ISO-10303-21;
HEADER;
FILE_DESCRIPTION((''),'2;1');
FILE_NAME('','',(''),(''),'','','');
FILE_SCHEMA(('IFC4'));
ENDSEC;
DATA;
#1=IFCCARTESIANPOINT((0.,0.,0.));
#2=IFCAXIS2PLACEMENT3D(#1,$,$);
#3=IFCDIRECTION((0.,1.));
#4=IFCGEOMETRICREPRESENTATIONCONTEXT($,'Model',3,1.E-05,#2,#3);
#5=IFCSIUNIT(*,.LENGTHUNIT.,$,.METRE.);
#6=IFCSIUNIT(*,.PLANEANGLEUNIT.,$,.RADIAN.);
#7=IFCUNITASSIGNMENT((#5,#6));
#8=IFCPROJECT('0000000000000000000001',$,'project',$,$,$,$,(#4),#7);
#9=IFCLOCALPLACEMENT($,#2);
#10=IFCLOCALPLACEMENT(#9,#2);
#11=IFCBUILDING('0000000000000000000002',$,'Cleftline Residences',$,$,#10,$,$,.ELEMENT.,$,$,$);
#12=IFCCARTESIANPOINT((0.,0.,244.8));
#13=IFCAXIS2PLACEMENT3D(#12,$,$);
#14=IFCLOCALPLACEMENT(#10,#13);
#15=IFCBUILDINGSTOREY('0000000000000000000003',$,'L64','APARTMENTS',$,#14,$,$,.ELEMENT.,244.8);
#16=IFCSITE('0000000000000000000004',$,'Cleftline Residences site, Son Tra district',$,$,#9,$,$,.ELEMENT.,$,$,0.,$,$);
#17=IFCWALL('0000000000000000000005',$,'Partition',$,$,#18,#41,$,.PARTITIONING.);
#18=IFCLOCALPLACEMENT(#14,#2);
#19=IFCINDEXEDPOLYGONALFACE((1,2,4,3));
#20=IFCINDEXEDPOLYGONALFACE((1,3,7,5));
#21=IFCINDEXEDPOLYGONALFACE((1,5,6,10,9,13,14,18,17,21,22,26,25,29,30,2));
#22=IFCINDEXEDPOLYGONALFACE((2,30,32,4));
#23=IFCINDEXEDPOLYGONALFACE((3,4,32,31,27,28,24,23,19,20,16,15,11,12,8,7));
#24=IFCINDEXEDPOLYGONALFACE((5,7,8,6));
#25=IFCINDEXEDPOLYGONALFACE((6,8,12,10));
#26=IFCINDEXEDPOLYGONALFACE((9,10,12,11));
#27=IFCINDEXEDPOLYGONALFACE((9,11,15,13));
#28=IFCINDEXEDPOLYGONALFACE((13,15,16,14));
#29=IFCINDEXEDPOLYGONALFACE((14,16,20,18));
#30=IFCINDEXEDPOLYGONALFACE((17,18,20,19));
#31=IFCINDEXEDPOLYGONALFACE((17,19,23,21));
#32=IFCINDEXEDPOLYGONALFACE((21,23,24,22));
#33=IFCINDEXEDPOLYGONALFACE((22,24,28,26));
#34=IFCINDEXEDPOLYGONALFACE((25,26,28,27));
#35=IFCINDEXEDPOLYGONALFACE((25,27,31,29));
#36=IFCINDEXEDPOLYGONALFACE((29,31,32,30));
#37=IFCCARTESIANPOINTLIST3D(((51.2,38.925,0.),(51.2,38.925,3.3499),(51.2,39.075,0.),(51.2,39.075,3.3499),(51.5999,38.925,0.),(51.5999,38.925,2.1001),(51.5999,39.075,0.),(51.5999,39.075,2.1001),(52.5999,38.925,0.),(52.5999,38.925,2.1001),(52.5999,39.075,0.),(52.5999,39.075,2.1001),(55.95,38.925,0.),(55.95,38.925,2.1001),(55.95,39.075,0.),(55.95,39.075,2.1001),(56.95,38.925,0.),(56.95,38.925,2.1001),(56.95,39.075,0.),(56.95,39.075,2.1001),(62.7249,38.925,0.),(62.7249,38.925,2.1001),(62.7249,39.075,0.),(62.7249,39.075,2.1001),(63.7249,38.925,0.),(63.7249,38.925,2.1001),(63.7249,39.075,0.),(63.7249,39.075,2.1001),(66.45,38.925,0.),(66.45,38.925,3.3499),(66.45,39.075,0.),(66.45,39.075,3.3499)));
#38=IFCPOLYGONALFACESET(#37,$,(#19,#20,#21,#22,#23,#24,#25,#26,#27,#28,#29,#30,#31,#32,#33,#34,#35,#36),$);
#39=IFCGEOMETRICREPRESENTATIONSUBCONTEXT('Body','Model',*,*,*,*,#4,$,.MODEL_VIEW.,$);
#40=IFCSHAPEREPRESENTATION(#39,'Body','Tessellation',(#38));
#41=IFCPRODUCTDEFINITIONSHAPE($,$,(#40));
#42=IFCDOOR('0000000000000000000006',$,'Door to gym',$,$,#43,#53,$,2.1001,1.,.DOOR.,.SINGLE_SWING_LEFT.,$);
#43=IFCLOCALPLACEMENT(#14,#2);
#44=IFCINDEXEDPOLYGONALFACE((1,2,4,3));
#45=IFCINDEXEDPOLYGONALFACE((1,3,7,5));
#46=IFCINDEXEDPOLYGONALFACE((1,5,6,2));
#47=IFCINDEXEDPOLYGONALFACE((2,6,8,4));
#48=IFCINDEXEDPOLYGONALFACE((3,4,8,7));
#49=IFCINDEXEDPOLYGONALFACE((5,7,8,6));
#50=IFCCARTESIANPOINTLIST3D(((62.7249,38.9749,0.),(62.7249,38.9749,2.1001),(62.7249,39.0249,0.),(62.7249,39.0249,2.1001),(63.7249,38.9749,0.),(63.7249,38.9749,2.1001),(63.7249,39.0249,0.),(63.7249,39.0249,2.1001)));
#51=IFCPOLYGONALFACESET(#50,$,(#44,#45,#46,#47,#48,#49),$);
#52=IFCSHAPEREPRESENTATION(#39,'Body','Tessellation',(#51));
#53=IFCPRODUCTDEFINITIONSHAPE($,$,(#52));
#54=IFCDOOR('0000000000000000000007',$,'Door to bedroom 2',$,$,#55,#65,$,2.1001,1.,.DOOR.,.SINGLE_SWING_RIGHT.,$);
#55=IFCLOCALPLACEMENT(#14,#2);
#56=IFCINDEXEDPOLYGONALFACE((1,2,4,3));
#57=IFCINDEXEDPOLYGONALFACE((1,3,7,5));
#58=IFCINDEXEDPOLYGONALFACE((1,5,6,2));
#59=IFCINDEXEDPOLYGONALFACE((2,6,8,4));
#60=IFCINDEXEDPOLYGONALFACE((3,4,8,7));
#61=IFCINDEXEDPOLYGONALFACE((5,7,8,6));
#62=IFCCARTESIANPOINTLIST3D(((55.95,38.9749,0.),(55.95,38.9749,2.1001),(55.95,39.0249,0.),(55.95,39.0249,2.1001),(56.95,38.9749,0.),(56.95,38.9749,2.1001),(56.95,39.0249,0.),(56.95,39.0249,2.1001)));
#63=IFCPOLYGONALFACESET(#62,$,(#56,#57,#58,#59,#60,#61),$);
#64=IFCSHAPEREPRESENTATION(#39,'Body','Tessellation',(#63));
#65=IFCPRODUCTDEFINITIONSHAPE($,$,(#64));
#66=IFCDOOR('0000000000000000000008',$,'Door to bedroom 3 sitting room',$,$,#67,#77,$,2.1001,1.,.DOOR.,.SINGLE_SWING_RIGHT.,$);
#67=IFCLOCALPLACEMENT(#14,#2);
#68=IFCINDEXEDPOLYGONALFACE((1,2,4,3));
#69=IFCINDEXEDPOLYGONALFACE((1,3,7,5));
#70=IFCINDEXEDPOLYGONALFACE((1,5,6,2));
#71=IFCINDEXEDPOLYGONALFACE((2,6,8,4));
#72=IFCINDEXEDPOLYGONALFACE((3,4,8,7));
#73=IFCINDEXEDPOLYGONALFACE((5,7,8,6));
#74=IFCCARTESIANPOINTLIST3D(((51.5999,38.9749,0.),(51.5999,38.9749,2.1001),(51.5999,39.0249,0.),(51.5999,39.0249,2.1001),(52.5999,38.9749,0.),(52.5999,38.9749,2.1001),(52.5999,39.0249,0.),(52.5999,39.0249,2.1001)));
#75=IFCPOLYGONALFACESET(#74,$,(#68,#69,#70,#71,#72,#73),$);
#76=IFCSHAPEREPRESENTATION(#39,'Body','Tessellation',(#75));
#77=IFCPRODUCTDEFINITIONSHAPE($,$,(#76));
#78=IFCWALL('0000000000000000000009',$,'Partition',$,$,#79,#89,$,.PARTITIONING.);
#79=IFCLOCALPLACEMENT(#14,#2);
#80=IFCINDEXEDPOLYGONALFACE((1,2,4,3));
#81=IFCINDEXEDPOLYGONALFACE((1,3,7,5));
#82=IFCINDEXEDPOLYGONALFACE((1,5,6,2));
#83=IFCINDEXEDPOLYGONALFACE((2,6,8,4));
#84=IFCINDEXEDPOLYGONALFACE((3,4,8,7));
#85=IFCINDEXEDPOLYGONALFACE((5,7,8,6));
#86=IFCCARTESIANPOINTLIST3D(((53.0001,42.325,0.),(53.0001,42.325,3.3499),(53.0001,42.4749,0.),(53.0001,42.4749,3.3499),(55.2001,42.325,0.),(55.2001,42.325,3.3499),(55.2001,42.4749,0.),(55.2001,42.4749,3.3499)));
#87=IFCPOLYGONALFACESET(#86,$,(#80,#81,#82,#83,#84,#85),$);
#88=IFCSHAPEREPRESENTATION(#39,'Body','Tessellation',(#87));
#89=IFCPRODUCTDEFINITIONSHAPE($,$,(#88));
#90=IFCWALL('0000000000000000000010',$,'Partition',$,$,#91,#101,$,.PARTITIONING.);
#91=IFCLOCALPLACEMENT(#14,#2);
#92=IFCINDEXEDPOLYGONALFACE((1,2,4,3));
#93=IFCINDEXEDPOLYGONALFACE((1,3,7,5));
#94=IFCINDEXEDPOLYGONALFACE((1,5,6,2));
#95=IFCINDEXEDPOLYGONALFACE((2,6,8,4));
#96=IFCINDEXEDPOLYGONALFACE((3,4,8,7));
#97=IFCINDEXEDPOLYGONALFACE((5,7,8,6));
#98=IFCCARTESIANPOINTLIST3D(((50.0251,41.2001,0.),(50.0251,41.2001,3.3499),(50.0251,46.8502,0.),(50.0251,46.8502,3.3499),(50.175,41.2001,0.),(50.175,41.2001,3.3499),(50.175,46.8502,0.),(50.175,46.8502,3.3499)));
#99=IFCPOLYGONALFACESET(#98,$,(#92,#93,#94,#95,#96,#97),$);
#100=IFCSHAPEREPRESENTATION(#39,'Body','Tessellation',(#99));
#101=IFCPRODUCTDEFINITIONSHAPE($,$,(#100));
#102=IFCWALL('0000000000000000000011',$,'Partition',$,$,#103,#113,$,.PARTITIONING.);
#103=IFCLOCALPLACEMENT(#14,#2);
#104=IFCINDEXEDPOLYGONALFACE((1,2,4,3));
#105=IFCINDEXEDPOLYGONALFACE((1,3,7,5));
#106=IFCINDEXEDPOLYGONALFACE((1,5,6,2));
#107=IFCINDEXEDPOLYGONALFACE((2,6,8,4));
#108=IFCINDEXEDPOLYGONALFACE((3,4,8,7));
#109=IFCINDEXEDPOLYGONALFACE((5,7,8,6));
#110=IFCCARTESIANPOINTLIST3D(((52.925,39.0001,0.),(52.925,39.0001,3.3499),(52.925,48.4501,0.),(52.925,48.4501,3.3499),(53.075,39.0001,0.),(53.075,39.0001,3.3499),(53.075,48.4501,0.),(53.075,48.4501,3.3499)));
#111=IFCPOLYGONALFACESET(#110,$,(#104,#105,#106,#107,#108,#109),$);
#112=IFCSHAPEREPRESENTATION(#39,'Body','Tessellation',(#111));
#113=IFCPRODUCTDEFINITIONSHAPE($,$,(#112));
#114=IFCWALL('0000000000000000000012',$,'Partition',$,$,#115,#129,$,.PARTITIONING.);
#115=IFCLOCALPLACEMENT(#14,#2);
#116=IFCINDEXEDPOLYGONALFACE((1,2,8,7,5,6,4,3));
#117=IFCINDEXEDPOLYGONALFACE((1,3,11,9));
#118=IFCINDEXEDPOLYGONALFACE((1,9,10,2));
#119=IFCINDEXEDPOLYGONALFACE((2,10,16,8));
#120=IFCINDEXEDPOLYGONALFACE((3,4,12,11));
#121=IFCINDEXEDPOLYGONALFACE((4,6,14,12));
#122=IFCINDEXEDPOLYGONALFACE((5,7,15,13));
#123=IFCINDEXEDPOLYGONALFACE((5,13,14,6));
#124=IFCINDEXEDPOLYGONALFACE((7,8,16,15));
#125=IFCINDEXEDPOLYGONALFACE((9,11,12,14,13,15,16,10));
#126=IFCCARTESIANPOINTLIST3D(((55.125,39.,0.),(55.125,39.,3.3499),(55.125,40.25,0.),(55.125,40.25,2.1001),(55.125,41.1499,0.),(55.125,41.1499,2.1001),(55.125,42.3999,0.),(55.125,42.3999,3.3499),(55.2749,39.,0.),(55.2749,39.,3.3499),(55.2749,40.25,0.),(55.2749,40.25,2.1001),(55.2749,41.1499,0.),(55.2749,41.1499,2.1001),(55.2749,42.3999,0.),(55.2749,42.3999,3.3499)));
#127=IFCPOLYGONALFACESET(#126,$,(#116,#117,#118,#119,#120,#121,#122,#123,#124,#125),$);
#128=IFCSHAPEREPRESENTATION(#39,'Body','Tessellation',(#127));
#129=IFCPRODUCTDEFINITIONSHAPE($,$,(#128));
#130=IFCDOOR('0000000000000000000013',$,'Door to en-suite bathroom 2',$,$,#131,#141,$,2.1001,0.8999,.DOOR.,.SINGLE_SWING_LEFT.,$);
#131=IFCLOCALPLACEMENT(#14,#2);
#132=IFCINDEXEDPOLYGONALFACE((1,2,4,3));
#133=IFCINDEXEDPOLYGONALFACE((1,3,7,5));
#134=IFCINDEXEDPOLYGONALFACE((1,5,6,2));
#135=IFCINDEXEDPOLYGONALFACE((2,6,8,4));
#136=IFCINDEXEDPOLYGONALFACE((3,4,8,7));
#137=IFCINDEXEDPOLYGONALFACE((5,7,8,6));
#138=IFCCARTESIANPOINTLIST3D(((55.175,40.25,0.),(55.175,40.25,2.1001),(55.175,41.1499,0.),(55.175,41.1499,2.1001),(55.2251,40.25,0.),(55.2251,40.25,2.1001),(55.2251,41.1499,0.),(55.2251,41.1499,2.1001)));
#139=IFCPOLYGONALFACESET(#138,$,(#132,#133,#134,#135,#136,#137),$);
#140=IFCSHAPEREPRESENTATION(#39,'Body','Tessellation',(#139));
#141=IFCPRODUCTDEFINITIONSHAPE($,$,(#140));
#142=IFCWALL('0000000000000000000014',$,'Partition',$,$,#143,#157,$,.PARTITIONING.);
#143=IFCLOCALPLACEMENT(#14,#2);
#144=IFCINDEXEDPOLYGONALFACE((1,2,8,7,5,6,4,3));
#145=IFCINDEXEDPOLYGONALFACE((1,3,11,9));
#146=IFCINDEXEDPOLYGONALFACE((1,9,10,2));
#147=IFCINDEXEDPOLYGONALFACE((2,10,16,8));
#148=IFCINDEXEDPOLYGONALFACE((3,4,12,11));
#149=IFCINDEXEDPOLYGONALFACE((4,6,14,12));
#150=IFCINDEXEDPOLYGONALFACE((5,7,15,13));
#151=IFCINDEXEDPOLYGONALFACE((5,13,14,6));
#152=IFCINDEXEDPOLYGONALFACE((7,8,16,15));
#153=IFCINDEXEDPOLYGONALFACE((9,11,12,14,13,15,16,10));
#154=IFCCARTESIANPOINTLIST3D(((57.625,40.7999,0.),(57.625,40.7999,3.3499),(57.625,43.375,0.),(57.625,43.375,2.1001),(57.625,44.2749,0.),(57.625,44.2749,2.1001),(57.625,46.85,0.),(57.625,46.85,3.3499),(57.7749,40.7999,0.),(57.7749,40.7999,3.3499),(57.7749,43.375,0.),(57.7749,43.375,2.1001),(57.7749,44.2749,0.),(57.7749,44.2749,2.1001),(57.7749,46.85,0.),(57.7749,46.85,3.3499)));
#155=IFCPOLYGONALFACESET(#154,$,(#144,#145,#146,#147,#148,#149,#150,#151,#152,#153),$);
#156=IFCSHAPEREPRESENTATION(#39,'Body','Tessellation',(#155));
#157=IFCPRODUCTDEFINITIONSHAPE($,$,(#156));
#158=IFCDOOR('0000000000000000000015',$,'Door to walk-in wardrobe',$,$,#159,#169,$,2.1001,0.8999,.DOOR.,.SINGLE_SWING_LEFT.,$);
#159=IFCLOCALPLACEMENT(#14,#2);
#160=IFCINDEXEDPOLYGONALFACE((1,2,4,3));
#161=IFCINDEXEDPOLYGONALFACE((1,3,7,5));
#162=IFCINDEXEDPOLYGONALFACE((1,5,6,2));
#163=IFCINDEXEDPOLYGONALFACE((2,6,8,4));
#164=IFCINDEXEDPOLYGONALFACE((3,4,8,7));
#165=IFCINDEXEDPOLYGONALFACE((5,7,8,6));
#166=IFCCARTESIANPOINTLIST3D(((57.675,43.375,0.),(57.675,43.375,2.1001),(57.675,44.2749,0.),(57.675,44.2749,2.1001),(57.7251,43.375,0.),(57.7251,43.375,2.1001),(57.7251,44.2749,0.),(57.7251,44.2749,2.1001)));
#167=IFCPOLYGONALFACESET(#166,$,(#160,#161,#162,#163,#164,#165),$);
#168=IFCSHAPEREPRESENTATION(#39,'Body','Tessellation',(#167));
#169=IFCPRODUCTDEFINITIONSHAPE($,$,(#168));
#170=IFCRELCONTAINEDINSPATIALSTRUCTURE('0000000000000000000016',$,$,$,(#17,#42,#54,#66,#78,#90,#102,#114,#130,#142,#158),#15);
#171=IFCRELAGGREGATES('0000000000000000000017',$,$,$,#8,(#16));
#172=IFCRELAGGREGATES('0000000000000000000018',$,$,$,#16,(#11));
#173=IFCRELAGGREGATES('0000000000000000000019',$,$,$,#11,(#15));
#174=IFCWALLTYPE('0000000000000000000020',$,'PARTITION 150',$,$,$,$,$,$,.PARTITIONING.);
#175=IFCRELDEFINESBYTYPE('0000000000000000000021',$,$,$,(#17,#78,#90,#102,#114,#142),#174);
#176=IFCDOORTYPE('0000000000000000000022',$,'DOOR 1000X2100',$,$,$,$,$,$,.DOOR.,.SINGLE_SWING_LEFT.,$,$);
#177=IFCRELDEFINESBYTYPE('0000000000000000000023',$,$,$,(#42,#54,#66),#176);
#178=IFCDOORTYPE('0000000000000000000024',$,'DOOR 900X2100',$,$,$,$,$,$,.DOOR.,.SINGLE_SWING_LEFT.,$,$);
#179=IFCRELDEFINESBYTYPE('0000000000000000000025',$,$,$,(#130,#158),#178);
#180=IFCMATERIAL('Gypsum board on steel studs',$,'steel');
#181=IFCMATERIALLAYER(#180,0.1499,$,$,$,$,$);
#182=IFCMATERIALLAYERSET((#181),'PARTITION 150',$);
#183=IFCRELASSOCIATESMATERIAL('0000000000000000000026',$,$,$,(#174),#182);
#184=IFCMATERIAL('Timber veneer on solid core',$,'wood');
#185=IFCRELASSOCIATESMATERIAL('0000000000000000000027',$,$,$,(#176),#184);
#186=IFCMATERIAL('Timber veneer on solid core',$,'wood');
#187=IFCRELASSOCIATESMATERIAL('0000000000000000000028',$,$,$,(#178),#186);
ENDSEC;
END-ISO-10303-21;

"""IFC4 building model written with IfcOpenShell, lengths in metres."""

from ifc_helpers import new_model, si_unit, direction, frame, frame_2d, origin, place, context, subcontext, project, spatial, rectangle, extrude, material, layer, layer_set, type_object, element, fill, save


model = new_model("IFC4")

# Units and contexts
model_context = context("Model", 3, precision=1e-05, world=origin(), true_north=direction((0.0, 1.0)))
body_context = subcontext(model_context, "Body", "Model", "MODEL_VIEW")
ifc_project = project(units=[si_unit("LENGTHUNIT", "METRE"), si_unit("PLANEANGLEUNIT", "RADIAN")], contexts=[model_context])

# Site, building, storey
site_placement = place(None, origin())
site = spatial("IfcSite", under=ifc_project, at=site_placement, Name="Cleftline Residences site, Son Tra district", CompositionType="ELEMENT", RefElevation=0.0)
building_placement = place(site_placement, origin())
building = spatial("IfcBuilding", under=site, at=building_placement, Name="Cleftline Residences", CompositionType="ELEMENT")
storey_placement = place(building_placement, frame((0.0, 0.0, 244.8)))
storey = spatial("IfcBuildingStorey", under=building, at=storey_placement, Name="L64", Description="APARTMENTS", CompositionType="ELEMENT", Elevation=244.8)

# Wall, openings, doors
ifc_material_1 = material(Name="Gypsum board on steel studs", Category="steel")
ifc_layer_1 = layer(ifc_material_1, 0.1499)
ifc_layer_set_1 = layer_set([ifc_layer_1], Name="PARTITION 150")
wall_type_1 = type_object("IfcWallType", Name="PARTITION 150", PredefinedType="PARTITIONING", material=ifc_layer_set_1)
wall_1_placement = place(storey_placement, frame((51.2, 39.0, 0.0), z_axis=(0.0, 0.0, 1.0), x_axis=(1.0, 0.0, 0.0)))
wall_1 = element("IfcWall", 1, at=wall_1_placement, inside=storey, type_object=wall_type_1, Name="Partition", PredefinedType="PARTITIONING", context=body_context, shape_type="SweptSolid", body=[
    extrude(rectangle(XDim=15.25, YDim=0.1499, at=frame_2d((7.625, 0.0))), origin(), (0.0, 0.0, 1.0), 3.3499),
])
opening_1_placement = place(wall_1_placement, frame((11.5249, 0.0, 0.0)))
opening_1 = element("IfcOpeningElement", 2, at=opening_1_placement, cuts=wall_1, PredefinedType="OPENING", context=body_context, shape_type="SweptSolid", body=[
    extrude(rectangle(XDim=1.0, YDim=2.1001, at=frame_2d((0.5, 1.05))), frame((0.0, 0.085, 0.0), z_axis=(0.0, -1.0, 0.0), x_axis=(1.0, 0.0, 0.0)), (0.0, 0.0, 1.0), 0.1699),
])
opening_2_placement = place(wall_1_placement, frame((4.75, 0.0, 0.0)))
opening_2 = element("IfcOpeningElement", 3, at=opening_2_placement, cuts=wall_1, PredefinedType="OPENING", context=body_context, shape_type="SweptSolid", body=[
    extrude(rectangle(XDim=1.0, YDim=2.1001, at=frame_2d((0.5, 1.05))), frame((0.0, 0.085, 0.0), z_axis=(0.0, -1.0, 0.0), x_axis=(1.0, 0.0, 0.0)), (0.0, 0.0, 1.0), 0.1699),
])
opening_3_placement = place(wall_1_placement, frame((0.3999, 0.0, 0.0)))
opening_3 = element("IfcOpeningElement", 4, at=opening_3_placement, cuts=wall_1, PredefinedType="OPENING", context=body_context, shape_type="SweptSolid", body=[
    extrude(rectangle(XDim=1.0, YDim=2.1001, at=frame_2d((0.5, 1.05))), frame((0.0, 0.085, 0.0), z_axis=(0.0, -1.0, 0.0), x_axis=(1.0, 0.0, 0.0)), (0.0, 0.0, 1.0), 0.1699),
])
ifc_material_2 = material(Name="Timber veneer on solid core", Category="wood")
door_type_1 = type_object("IfcDoorType", Name="DOOR 1000X2100", OperationType="SINGLE_SWING_LEFT", PredefinedType="DOOR", material=ifc_material_2)
door_1_placement = place(opening_1_placement, origin())
door_1 = element("IfcDoor", 5, at=door_1_placement, inside=storey, type_object=door_type_1, Name="Door to gym", OperationType="SINGLE_SWING_LEFT", OverallHeight=2.1001, OverallWidth=1.0, PredefinedType="DOOR", context=body_context, shape_type="SweptSolid", body=[
    extrude(rectangle(XDim=1.0, YDim=2.1001, at=frame_2d((0.5, 1.05))), frame((0.0, 0.0249, 0.0), z_axis=(0.0, -1.0, 0.0), x_axis=(1.0, 0.0, 0.0)), (0.0, 0.0, 1.0), 0.05),
])
fill(opening_1, door_1)
door_2_placement = place(opening_2_placement, origin())
door_2 = element("IfcDoor", 6, at=door_2_placement, inside=storey, type_object=door_type_1, Name="Door to bedroom 2", OperationType="SINGLE_SWING_RIGHT", OverallHeight=2.1001, OverallWidth=1.0, PredefinedType="DOOR", context=body_context, shape_type="SweptSolid", body=[
    extrude(rectangle(XDim=1.0, YDim=2.1001, at=frame_2d((0.5, 1.05))), frame((0.0, 0.0249, 0.0), z_axis=(0.0, -1.0, 0.0), x_axis=(1.0, 0.0, 0.0)), (0.0, 0.0, 1.0), 0.05),
])
fill(opening_2, door_2)
door_3_placement = place(opening_3_placement, origin())
door_3 = element("IfcDoor", 7, at=door_3_placement, inside=storey, type_object=door_type_1, Name="Door to bedroom 3 sitting room", OperationType="SINGLE_SWING_RIGHT", OverallHeight=2.1001, OverallWidth=1.0, PredefinedType="DOOR", context=body_context, shape_type="SweptSolid", body=[
    extrude(rectangle(XDim=1.0, YDim=2.1001, at=frame_2d((0.5, 1.05))), frame((0.0, 0.0249, 0.0), z_axis=(0.0, -1.0, 0.0), x_axis=(1.0, 0.0, 0.0)), (0.0, 0.0, 1.0), 0.05),
])
fill(opening_3, door_3)

# Walls
wall_2_placement = place(storey_placement, frame((53.0, 42.3999, 0.0), z_axis=(0.0, 0.0, 1.0), x_axis=(1.0, 0.0, 0.0)))
element("IfcWall", 8, at=wall_2_placement, inside=storey, type_object=wall_type_1, Name="Partition", PredefinedType="PARTITIONING", context=body_context, shape_type="SweptSolid", body=[
    extrude(rectangle(XDim=2.2, YDim=0.1499, at=frame_2d((1.1001, 0.0))), origin(), (0.0, 0.0, 1.0), 3.3499),
])
wall_3_placement = place(storey_placement, frame((50.1001, 41.2, 0.0), z_axis=(0.0, 0.0, 1.0), x_axis=(0.0, 1.0, 0.0)))
element("IfcWall", 9, at=wall_3_placement, inside=storey, type_object=wall_type_1, Name="Partition", PredefinedType="PARTITIONING", context=body_context, shape_type="SweptSolid", body=[
    extrude(rectangle(XDim=5.6501, YDim=0.1499, at=frame_2d((2.8252, 0.0))), origin(), (0.0, 0.0, 1.0), 3.3499),
])
wall_4_placement = place(storey_placement, frame((53.0, 39.0, 0.0), z_axis=(0.0, 0.0, 1.0), x_axis=(0.0, 1.0, 0.0)))
element("IfcWall", 10, at=wall_4_placement, inside=storey, type_object=wall_type_1, Name="Partition", PredefinedType="PARTITIONING", context=body_context, shape_type="SweptSolid", body=[
    extrude(rectangle(XDim=9.45, YDim=0.1499, at=frame_2d((4.7251, 0.0))), origin(), (0.0, 0.0, 1.0), 3.3499),
])

# Walls, openings, doors
wall_5_placement = place(storey_placement, frame((55.2, 39.0, 0.0), z_axis=(0.0, 0.0, 1.0), x_axis=(0.0, 1.0, 0.0)))
wall_5 = element("IfcWall", 11, at=wall_5_placement, inside=storey, type_object=wall_type_1, Name="Partition", PredefinedType="PARTITIONING", context=body_context, shape_type="SweptSolid", body=[
    extrude(rectangle(XDim=3.3999, YDim=0.1499, at=frame_2d((1.7, 0.0))), origin(), (0.0, 0.0, 1.0), 3.3499),
])
opening_4_placement = place(wall_5_placement, frame((1.25, 0.0, 0.0)))
opening_4 = element("IfcOpeningElement", 12, at=opening_4_placement, cuts=wall_5, PredefinedType="OPENING", context=body_context, shape_type="SweptSolid", body=[
    extrude(rectangle(XDim=0.8999, YDim=2.1001, at=frame_2d((0.45, 1.05))), frame((0.0, 0.085, 0.0), z_axis=(0.0, -1.0, 0.0), x_axis=(1.0, 0.0, 0.0)), (0.0, 0.0, 1.0), 0.1699),
])
ifc_material_3 = material(Name="Timber veneer on solid core", Category="wood")
door_type_2 = type_object("IfcDoorType", Name="DOOR 900X2100", OperationType="SINGLE_SWING_LEFT", PredefinedType="DOOR", material=ifc_material_3)
door_4_placement = place(opening_4_placement, origin())
door_4 = element("IfcDoor", 13, at=door_4_placement, inside=storey, type_object=door_type_2, Name="Door to en-suite bathroom 2", OperationType="SINGLE_SWING_LEFT", OverallHeight=2.1001, OverallWidth=0.8999, PredefinedType="DOOR", context=body_context, shape_type="SweptSolid", body=[
    extrude(rectangle(XDim=0.8999, YDim=2.1001, at=frame_2d((0.45, 1.05))), frame((0.0, 0.0249, 0.0), z_axis=(0.0, -1.0, 0.0), x_axis=(1.0, 0.0, 0.0)), (0.0, 0.0, 1.0), 0.05),
])
fill(opening_4, door_4)
wall_6_placement = place(storey_placement, frame((57.7, 40.8, 0.0), z_axis=(0.0, 0.0, 1.0), x_axis=(0.0, 1.0, 0.0)))
wall_6 = element("IfcWall", 14, at=wall_6_placement, inside=storey, type_object=wall_type_1, Name="Partition", PredefinedType="PARTITIONING", context=body_context, shape_type="SweptSolid", body=[
    extrude(rectangle(XDim=6.05, YDim=0.1499, at=frame_2d((3.0249, 0.0))), origin(), (0.0, 0.0, 1.0), 3.3499),
])
opening_5_placement = place(wall_6_placement, frame((2.575, 0.0, 0.0)))
opening_5 = element("IfcOpeningElement", 15, at=opening_5_placement, cuts=wall_6, PredefinedType="OPENING", context=body_context, shape_type="SweptSolid", body=[
    extrude(rectangle(XDim=0.8999, YDim=2.1001, at=frame_2d((0.45, 1.05))), frame((0.0, 0.085, 0.0), z_axis=(0.0, -1.0, 0.0), x_axis=(1.0, 0.0, 0.0)), (0.0, 0.0, 1.0), 0.1699),
])
door_5_placement = place(opening_5_placement, origin())
door_5 = element("IfcDoor", 16, at=door_5_placement, inside=storey, type_object=door_type_2, Name="Door to walk-in wardrobe", OperationType="SINGLE_SWING_LEFT", OverallHeight=2.1001, OverallWidth=0.8999, PredefinedType="DOOR", context=body_context, shape_type="SweptSolid", body=[
    extrude(rectangle(XDim=0.8999, YDim=2.1001, at=frame_2d((0.45, 1.05))), frame((0.0, 0.0249, 0.0), z_axis=(0.0, -1.0, 0.0), x_axis=(1.0, 0.0, 0.0)), (0.0, 0.0, 1.0), 0.05),
])
fill(opening_5, door_5)

save(model, "model.ifc")
